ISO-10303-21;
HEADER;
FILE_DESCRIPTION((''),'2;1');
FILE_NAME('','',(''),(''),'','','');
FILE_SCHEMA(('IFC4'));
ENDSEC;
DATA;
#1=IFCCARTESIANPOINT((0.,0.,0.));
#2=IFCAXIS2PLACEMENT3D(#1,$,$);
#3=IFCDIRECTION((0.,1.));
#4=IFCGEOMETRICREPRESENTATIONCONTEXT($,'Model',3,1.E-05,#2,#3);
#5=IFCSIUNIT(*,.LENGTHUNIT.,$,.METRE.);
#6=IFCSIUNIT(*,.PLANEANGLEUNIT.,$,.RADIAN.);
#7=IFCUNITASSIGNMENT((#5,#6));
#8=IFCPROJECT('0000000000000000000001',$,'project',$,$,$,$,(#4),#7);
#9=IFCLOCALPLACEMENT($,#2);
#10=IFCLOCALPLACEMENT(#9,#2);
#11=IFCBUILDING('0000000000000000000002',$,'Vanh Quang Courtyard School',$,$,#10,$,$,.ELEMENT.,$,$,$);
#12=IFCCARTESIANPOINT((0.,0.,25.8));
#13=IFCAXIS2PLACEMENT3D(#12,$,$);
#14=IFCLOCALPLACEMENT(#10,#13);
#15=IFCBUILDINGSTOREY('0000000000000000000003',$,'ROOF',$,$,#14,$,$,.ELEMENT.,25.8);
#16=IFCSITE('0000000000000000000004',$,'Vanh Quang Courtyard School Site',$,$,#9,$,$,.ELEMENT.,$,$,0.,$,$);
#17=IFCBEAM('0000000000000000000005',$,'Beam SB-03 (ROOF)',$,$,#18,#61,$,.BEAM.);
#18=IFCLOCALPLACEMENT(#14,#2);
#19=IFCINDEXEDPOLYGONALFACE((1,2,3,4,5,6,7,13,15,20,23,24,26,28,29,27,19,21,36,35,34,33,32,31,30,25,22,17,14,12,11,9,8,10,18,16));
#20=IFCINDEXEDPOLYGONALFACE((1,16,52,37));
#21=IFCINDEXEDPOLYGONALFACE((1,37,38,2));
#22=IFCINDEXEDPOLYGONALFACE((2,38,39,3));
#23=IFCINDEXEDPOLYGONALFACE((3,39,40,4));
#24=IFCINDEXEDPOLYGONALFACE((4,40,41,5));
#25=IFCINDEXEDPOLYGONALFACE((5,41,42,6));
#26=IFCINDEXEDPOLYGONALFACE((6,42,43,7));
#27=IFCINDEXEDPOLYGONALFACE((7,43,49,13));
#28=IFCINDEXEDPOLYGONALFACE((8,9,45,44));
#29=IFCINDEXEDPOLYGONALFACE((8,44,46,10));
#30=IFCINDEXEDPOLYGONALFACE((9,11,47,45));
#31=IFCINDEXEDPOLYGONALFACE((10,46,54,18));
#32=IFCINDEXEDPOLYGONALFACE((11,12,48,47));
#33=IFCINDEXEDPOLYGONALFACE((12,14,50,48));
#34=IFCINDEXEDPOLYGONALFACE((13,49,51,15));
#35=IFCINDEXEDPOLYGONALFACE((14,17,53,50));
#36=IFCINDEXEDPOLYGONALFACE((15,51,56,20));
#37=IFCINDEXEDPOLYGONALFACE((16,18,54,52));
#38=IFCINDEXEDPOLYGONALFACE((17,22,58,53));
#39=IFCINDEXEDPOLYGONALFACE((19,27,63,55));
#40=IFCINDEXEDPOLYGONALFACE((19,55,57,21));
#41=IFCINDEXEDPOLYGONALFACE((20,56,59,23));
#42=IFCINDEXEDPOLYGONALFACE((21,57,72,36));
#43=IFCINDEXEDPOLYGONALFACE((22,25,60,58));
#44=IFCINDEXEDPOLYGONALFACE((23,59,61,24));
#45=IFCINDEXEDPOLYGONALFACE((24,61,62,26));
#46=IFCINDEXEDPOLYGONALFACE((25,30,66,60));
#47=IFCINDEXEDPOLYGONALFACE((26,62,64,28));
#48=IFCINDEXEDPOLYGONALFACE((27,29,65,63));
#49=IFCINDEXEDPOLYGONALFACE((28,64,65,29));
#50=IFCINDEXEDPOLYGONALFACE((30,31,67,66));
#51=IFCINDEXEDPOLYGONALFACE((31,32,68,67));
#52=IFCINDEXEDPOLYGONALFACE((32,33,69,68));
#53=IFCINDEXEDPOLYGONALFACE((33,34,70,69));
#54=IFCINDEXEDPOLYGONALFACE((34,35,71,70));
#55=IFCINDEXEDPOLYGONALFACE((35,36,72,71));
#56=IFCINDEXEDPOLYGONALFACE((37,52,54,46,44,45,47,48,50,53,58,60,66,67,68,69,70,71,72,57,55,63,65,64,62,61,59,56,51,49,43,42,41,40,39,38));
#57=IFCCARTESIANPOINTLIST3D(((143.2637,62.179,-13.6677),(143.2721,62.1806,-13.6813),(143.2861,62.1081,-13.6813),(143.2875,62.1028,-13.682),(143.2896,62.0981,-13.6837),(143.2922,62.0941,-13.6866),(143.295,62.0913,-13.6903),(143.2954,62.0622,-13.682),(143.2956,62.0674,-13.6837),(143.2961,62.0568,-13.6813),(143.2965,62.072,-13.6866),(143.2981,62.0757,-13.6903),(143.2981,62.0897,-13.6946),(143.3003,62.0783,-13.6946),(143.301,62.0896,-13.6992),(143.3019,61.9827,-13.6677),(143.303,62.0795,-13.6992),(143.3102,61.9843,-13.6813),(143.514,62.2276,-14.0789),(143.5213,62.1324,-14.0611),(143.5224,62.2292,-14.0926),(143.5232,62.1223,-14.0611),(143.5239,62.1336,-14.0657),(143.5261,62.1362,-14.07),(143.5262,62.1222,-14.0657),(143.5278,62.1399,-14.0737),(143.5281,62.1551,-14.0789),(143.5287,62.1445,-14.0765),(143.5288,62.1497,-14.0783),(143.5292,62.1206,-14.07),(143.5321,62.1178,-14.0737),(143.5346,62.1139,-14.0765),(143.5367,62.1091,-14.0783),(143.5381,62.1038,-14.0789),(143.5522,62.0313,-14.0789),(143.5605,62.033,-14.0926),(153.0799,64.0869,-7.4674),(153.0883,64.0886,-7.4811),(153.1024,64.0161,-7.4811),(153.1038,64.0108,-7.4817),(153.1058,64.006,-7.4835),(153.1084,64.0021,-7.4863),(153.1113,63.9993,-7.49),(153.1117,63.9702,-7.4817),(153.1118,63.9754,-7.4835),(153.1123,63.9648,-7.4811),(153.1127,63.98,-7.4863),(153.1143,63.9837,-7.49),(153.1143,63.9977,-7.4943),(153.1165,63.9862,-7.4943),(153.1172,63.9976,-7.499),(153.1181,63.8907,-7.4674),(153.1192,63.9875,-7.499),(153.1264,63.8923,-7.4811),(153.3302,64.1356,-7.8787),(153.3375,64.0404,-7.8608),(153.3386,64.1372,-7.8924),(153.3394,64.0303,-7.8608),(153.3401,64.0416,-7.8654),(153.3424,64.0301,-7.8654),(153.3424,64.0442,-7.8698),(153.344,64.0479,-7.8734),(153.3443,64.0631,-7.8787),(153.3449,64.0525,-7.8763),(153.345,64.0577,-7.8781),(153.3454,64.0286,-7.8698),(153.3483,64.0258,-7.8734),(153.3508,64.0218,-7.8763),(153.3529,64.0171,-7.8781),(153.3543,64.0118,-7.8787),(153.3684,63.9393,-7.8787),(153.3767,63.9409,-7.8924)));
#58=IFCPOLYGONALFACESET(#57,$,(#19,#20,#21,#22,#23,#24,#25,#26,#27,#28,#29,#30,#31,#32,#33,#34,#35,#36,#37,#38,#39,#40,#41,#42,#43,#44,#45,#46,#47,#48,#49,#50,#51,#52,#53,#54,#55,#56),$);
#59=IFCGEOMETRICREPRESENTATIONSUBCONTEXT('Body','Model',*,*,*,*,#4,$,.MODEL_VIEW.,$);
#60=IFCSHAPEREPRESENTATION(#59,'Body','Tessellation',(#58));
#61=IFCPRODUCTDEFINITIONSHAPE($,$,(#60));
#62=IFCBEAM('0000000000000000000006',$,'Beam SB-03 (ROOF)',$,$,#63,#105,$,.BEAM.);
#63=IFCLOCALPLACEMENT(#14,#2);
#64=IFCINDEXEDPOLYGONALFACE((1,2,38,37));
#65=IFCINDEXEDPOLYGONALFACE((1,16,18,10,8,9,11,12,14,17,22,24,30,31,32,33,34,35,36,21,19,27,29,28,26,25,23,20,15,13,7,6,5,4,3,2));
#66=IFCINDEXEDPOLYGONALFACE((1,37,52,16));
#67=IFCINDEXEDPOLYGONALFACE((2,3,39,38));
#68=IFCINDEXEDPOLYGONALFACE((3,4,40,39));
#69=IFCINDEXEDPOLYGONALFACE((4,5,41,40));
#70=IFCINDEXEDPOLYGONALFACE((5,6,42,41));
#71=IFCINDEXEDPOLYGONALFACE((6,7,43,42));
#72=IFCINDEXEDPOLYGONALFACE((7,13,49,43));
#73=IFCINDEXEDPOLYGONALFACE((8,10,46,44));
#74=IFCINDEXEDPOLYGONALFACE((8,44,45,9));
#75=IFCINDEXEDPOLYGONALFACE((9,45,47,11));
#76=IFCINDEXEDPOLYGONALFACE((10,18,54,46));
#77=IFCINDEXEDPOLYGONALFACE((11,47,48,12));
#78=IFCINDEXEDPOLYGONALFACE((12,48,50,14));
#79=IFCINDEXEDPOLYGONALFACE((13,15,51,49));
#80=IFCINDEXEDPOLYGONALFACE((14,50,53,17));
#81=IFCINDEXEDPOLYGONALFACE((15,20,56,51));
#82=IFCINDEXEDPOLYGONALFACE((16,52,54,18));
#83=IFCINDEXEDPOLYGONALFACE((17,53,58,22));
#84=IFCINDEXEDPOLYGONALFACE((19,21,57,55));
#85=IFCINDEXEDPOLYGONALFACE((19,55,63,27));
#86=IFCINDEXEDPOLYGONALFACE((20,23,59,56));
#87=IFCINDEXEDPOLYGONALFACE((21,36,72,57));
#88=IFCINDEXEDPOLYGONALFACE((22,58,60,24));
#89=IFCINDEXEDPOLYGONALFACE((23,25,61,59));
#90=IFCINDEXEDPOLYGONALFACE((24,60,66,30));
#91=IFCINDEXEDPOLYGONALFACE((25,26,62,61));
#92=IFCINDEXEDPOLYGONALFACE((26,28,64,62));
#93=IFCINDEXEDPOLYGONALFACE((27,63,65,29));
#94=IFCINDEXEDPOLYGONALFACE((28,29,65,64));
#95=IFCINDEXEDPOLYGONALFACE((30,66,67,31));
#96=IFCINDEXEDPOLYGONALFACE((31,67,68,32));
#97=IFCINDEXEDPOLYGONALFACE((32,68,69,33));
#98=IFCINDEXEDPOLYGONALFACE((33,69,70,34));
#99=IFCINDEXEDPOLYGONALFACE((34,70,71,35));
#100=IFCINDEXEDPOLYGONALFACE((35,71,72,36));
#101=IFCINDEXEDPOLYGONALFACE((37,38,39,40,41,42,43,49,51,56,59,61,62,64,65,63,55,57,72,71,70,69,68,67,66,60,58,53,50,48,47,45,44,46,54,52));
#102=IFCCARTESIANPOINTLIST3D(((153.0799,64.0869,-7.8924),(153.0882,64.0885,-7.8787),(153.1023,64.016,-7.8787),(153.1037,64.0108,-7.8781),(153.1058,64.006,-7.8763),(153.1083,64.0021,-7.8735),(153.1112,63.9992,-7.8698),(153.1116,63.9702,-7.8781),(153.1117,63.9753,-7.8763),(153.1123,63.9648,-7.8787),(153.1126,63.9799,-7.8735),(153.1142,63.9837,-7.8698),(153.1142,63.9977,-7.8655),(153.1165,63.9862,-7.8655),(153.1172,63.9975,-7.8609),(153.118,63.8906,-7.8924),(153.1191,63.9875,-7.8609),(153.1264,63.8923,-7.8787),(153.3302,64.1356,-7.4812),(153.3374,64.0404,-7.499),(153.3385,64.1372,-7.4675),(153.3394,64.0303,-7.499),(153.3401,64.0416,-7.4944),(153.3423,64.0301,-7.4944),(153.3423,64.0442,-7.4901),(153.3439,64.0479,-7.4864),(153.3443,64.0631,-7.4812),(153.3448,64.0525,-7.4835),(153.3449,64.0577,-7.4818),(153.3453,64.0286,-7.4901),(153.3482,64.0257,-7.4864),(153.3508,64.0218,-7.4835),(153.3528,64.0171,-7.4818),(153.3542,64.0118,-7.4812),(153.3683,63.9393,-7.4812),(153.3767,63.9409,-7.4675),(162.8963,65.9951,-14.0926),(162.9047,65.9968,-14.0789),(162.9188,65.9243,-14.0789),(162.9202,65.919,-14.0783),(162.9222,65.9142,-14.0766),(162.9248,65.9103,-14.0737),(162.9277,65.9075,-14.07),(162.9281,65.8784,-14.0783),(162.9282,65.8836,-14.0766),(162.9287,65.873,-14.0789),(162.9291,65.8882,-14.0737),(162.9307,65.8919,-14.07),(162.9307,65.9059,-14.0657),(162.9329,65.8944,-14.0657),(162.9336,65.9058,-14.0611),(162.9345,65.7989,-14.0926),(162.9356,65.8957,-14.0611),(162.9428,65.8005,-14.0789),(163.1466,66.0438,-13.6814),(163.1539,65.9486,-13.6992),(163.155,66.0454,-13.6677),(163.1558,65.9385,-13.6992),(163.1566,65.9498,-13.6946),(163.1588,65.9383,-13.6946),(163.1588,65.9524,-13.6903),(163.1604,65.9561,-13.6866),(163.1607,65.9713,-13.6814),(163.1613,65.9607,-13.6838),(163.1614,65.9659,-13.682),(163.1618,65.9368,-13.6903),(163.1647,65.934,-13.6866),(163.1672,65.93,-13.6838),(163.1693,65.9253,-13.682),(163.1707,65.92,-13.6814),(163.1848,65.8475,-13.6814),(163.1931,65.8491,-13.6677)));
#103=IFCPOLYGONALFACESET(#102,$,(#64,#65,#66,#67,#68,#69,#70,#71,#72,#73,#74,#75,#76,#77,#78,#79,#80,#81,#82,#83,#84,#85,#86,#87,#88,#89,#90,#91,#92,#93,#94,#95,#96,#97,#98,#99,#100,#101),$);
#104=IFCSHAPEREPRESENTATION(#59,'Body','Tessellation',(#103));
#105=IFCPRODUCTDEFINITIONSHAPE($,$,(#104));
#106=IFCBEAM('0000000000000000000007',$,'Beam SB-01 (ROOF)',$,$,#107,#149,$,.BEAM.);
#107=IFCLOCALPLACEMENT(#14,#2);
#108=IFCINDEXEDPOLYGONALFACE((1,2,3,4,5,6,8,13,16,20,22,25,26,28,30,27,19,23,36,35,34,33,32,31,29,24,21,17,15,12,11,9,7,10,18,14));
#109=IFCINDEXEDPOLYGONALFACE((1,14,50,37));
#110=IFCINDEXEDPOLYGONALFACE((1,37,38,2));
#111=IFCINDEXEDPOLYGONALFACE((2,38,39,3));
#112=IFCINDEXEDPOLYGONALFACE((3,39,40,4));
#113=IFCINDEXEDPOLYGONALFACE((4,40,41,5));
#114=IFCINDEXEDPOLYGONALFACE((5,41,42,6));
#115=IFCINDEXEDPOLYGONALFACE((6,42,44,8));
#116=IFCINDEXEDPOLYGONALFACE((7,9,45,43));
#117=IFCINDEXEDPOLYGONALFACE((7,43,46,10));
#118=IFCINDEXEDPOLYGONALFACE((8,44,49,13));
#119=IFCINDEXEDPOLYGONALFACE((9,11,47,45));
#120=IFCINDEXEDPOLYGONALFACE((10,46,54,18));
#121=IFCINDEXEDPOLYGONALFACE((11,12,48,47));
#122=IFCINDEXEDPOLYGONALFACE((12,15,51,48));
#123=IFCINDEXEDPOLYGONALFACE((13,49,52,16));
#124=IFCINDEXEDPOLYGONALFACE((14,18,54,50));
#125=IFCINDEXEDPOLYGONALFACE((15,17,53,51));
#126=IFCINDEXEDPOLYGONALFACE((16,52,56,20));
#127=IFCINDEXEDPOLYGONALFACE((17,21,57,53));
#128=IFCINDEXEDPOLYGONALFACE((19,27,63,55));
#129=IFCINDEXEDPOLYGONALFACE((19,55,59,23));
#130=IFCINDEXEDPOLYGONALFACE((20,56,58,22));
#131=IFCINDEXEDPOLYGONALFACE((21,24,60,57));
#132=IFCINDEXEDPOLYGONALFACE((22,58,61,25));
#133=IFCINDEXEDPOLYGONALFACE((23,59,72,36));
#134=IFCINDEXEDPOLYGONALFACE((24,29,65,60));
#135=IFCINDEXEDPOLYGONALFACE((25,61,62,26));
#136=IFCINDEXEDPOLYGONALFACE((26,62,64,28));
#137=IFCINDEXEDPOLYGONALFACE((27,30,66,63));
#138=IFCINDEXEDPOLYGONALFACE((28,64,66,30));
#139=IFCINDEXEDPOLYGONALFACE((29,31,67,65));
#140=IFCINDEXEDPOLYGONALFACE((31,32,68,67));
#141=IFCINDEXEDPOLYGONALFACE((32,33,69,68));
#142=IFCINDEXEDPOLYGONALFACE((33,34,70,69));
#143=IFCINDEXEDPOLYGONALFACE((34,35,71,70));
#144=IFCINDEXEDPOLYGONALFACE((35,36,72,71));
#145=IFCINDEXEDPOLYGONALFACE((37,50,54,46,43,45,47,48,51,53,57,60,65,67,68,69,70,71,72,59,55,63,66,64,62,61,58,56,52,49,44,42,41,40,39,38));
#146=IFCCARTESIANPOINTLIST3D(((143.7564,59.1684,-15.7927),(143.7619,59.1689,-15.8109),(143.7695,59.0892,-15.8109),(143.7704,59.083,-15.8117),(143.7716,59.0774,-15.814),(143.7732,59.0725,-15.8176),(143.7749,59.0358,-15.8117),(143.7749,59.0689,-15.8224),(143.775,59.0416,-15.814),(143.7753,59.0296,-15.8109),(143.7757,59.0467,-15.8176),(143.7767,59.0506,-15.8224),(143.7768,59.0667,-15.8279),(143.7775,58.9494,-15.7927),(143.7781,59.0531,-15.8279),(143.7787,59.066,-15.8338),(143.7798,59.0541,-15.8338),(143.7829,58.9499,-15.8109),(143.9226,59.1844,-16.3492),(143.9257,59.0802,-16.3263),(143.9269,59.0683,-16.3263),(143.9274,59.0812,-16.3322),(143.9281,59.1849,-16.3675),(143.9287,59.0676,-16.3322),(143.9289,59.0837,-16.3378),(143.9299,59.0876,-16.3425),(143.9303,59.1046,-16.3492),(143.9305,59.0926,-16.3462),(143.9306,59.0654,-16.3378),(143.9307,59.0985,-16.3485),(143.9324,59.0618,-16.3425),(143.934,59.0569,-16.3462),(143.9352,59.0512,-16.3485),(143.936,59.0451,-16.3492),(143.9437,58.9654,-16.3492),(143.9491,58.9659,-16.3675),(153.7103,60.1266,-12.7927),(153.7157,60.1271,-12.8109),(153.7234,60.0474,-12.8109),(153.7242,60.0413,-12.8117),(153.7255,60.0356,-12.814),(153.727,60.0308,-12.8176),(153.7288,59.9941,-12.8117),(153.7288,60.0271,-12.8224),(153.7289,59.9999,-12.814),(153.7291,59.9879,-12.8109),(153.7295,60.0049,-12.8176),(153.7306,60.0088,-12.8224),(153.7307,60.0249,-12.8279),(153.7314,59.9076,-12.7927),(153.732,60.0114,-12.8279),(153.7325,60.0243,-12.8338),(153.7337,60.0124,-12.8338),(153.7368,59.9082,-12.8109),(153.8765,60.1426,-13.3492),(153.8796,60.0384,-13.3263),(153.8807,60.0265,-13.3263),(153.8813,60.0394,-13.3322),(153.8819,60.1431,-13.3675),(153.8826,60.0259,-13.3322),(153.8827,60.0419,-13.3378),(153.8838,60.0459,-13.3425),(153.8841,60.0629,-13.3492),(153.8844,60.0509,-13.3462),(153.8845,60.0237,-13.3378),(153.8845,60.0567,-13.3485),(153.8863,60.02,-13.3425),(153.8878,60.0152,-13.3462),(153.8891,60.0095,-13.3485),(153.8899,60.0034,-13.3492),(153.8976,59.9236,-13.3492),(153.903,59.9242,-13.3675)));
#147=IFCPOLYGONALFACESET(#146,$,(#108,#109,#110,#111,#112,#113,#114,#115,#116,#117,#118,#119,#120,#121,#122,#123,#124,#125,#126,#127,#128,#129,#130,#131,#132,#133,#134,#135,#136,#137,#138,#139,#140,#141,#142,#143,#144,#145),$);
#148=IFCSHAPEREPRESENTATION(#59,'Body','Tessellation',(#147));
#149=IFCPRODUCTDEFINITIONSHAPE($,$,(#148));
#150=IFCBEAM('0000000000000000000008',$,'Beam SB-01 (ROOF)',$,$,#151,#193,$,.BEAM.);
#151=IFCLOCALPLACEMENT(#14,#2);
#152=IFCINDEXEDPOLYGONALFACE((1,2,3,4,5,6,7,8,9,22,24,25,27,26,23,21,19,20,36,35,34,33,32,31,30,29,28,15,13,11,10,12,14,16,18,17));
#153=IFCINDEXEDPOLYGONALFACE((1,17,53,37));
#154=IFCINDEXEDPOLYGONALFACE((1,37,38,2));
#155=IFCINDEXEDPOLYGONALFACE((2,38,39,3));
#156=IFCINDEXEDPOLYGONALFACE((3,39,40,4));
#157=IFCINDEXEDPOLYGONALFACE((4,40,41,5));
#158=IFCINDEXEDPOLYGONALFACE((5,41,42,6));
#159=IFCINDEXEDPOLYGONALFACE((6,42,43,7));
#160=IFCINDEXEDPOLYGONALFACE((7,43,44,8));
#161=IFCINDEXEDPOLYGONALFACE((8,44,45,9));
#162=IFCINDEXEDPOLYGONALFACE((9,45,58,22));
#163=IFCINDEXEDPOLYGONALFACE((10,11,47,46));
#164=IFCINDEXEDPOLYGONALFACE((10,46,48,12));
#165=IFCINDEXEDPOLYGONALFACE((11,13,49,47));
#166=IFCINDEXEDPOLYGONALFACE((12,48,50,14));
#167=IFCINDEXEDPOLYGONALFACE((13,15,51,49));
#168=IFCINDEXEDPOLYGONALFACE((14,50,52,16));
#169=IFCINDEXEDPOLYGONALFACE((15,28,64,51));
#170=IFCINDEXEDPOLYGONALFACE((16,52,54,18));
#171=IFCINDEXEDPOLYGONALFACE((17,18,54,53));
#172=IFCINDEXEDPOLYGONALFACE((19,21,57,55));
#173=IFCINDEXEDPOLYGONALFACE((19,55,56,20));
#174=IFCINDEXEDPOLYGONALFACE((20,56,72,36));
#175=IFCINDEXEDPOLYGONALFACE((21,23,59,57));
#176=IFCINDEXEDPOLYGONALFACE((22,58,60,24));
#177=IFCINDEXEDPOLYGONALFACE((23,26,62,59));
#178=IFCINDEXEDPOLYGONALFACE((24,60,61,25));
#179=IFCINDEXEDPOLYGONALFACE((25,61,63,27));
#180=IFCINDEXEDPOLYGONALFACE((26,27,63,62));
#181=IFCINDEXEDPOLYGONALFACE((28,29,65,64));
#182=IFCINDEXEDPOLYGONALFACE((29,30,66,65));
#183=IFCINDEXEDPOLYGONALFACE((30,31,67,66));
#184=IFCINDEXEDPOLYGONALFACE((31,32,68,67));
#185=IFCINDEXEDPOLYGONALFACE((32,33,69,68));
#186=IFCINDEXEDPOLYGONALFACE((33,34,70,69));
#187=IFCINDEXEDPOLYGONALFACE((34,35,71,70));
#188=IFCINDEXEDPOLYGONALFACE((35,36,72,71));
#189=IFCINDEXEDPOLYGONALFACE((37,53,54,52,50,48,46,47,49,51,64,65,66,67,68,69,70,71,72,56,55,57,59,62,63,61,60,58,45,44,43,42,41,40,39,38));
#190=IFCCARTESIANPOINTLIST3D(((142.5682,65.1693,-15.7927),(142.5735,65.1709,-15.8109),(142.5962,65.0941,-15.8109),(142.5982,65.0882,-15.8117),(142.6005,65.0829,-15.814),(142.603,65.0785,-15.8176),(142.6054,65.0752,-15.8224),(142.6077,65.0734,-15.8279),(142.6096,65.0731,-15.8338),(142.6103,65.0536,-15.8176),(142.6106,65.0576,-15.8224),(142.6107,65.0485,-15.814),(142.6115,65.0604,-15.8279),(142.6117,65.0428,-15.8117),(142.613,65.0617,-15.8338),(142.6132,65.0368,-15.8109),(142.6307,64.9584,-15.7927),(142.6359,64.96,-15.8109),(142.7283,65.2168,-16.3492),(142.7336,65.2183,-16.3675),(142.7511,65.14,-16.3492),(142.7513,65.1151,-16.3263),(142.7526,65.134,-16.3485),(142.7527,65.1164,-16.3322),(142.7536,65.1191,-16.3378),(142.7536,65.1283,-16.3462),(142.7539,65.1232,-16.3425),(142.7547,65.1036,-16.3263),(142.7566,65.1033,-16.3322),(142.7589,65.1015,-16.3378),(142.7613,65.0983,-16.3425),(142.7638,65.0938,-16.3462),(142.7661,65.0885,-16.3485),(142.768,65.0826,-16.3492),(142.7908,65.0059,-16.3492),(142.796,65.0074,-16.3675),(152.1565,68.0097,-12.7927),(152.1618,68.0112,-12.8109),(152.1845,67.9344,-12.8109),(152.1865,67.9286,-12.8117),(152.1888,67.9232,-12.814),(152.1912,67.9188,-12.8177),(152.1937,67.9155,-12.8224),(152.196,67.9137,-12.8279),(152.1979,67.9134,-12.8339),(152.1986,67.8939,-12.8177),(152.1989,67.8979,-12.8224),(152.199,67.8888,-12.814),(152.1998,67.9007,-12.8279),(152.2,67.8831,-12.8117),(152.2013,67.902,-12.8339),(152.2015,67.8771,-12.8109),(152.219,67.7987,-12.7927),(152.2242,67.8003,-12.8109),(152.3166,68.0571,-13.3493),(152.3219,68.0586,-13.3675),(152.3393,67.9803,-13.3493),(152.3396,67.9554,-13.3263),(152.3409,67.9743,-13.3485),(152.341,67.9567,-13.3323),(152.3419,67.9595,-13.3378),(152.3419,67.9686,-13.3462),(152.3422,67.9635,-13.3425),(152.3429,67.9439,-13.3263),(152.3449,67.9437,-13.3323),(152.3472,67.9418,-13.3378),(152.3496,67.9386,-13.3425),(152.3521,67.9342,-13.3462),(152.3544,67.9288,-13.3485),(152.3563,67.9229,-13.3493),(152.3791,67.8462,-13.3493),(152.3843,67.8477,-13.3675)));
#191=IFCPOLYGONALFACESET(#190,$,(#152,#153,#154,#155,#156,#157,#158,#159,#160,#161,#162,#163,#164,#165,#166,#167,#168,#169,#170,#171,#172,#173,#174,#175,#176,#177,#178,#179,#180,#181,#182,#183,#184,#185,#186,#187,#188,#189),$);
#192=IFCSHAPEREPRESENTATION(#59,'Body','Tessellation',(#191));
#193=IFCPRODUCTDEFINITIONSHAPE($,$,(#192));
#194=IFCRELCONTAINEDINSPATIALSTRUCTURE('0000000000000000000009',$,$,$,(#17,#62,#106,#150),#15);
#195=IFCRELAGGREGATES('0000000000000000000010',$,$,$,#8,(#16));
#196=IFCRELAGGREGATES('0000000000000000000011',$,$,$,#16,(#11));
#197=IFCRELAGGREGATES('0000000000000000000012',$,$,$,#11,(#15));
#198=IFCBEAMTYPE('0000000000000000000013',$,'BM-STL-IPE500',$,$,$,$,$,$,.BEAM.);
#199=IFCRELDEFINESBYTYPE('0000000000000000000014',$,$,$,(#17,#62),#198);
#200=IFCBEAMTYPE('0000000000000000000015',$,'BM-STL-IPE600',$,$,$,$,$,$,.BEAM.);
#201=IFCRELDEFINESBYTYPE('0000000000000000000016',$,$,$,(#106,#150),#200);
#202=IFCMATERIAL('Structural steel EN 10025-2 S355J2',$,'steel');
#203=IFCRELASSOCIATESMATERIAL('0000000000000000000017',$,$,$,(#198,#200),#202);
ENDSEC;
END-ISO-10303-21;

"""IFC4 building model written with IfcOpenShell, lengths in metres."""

from ifc_helpers import new_model, si_unit, direction, frame, origin, origin_2d, place, context, subcontext, project, spatial, i_section, extrude, material, material_profile, profile_set, type_object, element, save


model = new_model("IFC4")

# Units and contexts
model_context = context("Model", 3, precision=1e-05, world=origin(), true_north=direction((0.0, 1.0)))
body_context = subcontext(model_context, "Body", "Model", "MODEL_VIEW")
ifc_project = project(units=[si_unit("LENGTHUNIT", "METRE"), si_unit("PLANEANGLEUNIT", "RADIAN")], contexts=[model_context])

# Site, building, storey
site_placement = place(None, origin())
site = spatial("IfcSite", under=ifc_project, at=site_placement, Name="Vanh Quang Courtyard School Site", CompositionType="ELEMENT", RefElevation=0.0)
building_placement = place(site_placement, origin())
building = spatial("IfcBuilding", under=site, at=building_placement, Name="Vanh Quang Courtyard School", CompositionType="ELEMENT")
storey_placement = place(building_placement, frame((0.0, 0.0, 25.8)))
storey = spatial("IfcBuildingStorey", under=building, at=storey_placement, Name="ROOF", CompositionType="ELEMENT", Elevation=25.8)

# Beams
ifc_material_1 = material(Name="Structural steel EN 10025-2 S355J2", Category="steel")
ifc_material_profile_1 = material_profile(ifc_material_1, i_section(OverallWidth=0.2, OverallDepth=0.5, WebThickness=0.0103, FlangeThickness=0.0161, FilletRadius=0.021, at=origin_2d()), Name="IPE 500")
ifc_profile_set_1 = profile_set([ifc_material_profile_1], Name="Structural steel EN 10025-2 S355J2")
beam_type_1 = type_object("IfcBeamType", Name="BM-STL-IPE500", PredefinedType="BEAM", material=ifc_profile_set_1)
beam_1_placement = place(storey_placement, frame((143.4121, 62.106, -13.8801), z_axis=(0.834279, 0.162158, 0.526957), x_axis=(-0.190798, 0.981629, 0.0)))
element("IfcBeam", 1, at=beam_1_placement, inside=storey, type_object=beam_type_1, Name="Beam SB-03 (ROOF)", PredefinedType="BEAM", context=body_context, shape_type="SweptSolid", body=[
    extrude(i_section(OverallWidth=0.2, OverallDepth=0.5, WebThickness=0.0103, FlangeThickness=0.0161, FilletRadius=0.021, at=origin_2d()), origin(), (0.0, 0.0, 1.0), 11.7661),
])
beam_2_placement = place(storey_placement, frame((153.2283, 64.0139, -7.6799), z_axis=(0.834282, 0.162175, -0.526946), x_axis=(-0.190817, 0.981626, 0.0)))
element("IfcBeam", 2, at=beam_2_placement, inside=storey, type_object=beam_type_1, Name="Beam SB-03 (ROOF)", PredefinedType="BEAM", context=body_context, shape_type="SweptSolid", body=[
    extrude(i_section(OverallWidth=0.2, OverallDepth=0.5, WebThickness=0.0103, FlangeThickness=0.0161, FilletRadius=0.021, at=origin_2d()), origin(), (0.0, 0.0, 1.0), 11.7664),
])
ifc_material_profile_2 = material_profile(ifc_material_1, i_section(OverallWidth=0.22, OverallDepth=0.6001, WebThickness=0.012, FlangeThickness=0.019, FilletRadius=0.0239, at=origin_2d()), Name="IPE 600")
ifc_profile_set_2 = profile_set([ifc_material_profile_2], Name="Structural steel EN 10025-2 S355J2")
beam_type_2 = type_object("IfcBeamType", Name="BM-STL-IPE600", PredefinedType="BEAM", material=ifc_profile_set_2)
beam_3_placement = place(storey_placement, frame((143.8528, 59.0671, -16.0801), z_axis=(0.953417, 0.091785, 0.287351), x_axis=(-0.095826, 0.995398, 0.0)))
element("IfcBeam", 3, at=beam_3_placement, inside=storey, type_object=beam_type_2, Name="Beam SB-01 (ROOF)", PredefinedType="BEAM", context=body_context, shape_type="SweptSolid", body=[
    extrude(i_section(OverallWidth=0.22, OverallDepth=0.6001, WebThickness=0.012, FlangeThickness=0.019, FilletRadius=0.0239, at=origin_2d()), origin(), (0.0, 0.0, 1.0), 10.4402),
])
beam_4_placement = place(storey_placement, frame((142.6821, 65.0884, -16.0801), z_axis=(0.918381, 0.272049, 0.287342), x_axis=(-0.284027, 0.958816, 0.0)))
element("IfcBeam", 4, at=beam_4_placement, inside=storey, type_object=beam_type_2, Name="Beam SB-01 (ROOF)", PredefinedType="BEAM", context=body_context, shape_type="SweptSolid", body=[
    extrude(i_section(OverallWidth=0.22, OverallDepth=0.6001, WebThickness=0.012, FlangeThickness=0.019, FilletRadius=0.0239, at=origin_2d()), origin(), (0.0, 0.0, 1.0), 10.4404),
])

save(model, "model.ifc")
